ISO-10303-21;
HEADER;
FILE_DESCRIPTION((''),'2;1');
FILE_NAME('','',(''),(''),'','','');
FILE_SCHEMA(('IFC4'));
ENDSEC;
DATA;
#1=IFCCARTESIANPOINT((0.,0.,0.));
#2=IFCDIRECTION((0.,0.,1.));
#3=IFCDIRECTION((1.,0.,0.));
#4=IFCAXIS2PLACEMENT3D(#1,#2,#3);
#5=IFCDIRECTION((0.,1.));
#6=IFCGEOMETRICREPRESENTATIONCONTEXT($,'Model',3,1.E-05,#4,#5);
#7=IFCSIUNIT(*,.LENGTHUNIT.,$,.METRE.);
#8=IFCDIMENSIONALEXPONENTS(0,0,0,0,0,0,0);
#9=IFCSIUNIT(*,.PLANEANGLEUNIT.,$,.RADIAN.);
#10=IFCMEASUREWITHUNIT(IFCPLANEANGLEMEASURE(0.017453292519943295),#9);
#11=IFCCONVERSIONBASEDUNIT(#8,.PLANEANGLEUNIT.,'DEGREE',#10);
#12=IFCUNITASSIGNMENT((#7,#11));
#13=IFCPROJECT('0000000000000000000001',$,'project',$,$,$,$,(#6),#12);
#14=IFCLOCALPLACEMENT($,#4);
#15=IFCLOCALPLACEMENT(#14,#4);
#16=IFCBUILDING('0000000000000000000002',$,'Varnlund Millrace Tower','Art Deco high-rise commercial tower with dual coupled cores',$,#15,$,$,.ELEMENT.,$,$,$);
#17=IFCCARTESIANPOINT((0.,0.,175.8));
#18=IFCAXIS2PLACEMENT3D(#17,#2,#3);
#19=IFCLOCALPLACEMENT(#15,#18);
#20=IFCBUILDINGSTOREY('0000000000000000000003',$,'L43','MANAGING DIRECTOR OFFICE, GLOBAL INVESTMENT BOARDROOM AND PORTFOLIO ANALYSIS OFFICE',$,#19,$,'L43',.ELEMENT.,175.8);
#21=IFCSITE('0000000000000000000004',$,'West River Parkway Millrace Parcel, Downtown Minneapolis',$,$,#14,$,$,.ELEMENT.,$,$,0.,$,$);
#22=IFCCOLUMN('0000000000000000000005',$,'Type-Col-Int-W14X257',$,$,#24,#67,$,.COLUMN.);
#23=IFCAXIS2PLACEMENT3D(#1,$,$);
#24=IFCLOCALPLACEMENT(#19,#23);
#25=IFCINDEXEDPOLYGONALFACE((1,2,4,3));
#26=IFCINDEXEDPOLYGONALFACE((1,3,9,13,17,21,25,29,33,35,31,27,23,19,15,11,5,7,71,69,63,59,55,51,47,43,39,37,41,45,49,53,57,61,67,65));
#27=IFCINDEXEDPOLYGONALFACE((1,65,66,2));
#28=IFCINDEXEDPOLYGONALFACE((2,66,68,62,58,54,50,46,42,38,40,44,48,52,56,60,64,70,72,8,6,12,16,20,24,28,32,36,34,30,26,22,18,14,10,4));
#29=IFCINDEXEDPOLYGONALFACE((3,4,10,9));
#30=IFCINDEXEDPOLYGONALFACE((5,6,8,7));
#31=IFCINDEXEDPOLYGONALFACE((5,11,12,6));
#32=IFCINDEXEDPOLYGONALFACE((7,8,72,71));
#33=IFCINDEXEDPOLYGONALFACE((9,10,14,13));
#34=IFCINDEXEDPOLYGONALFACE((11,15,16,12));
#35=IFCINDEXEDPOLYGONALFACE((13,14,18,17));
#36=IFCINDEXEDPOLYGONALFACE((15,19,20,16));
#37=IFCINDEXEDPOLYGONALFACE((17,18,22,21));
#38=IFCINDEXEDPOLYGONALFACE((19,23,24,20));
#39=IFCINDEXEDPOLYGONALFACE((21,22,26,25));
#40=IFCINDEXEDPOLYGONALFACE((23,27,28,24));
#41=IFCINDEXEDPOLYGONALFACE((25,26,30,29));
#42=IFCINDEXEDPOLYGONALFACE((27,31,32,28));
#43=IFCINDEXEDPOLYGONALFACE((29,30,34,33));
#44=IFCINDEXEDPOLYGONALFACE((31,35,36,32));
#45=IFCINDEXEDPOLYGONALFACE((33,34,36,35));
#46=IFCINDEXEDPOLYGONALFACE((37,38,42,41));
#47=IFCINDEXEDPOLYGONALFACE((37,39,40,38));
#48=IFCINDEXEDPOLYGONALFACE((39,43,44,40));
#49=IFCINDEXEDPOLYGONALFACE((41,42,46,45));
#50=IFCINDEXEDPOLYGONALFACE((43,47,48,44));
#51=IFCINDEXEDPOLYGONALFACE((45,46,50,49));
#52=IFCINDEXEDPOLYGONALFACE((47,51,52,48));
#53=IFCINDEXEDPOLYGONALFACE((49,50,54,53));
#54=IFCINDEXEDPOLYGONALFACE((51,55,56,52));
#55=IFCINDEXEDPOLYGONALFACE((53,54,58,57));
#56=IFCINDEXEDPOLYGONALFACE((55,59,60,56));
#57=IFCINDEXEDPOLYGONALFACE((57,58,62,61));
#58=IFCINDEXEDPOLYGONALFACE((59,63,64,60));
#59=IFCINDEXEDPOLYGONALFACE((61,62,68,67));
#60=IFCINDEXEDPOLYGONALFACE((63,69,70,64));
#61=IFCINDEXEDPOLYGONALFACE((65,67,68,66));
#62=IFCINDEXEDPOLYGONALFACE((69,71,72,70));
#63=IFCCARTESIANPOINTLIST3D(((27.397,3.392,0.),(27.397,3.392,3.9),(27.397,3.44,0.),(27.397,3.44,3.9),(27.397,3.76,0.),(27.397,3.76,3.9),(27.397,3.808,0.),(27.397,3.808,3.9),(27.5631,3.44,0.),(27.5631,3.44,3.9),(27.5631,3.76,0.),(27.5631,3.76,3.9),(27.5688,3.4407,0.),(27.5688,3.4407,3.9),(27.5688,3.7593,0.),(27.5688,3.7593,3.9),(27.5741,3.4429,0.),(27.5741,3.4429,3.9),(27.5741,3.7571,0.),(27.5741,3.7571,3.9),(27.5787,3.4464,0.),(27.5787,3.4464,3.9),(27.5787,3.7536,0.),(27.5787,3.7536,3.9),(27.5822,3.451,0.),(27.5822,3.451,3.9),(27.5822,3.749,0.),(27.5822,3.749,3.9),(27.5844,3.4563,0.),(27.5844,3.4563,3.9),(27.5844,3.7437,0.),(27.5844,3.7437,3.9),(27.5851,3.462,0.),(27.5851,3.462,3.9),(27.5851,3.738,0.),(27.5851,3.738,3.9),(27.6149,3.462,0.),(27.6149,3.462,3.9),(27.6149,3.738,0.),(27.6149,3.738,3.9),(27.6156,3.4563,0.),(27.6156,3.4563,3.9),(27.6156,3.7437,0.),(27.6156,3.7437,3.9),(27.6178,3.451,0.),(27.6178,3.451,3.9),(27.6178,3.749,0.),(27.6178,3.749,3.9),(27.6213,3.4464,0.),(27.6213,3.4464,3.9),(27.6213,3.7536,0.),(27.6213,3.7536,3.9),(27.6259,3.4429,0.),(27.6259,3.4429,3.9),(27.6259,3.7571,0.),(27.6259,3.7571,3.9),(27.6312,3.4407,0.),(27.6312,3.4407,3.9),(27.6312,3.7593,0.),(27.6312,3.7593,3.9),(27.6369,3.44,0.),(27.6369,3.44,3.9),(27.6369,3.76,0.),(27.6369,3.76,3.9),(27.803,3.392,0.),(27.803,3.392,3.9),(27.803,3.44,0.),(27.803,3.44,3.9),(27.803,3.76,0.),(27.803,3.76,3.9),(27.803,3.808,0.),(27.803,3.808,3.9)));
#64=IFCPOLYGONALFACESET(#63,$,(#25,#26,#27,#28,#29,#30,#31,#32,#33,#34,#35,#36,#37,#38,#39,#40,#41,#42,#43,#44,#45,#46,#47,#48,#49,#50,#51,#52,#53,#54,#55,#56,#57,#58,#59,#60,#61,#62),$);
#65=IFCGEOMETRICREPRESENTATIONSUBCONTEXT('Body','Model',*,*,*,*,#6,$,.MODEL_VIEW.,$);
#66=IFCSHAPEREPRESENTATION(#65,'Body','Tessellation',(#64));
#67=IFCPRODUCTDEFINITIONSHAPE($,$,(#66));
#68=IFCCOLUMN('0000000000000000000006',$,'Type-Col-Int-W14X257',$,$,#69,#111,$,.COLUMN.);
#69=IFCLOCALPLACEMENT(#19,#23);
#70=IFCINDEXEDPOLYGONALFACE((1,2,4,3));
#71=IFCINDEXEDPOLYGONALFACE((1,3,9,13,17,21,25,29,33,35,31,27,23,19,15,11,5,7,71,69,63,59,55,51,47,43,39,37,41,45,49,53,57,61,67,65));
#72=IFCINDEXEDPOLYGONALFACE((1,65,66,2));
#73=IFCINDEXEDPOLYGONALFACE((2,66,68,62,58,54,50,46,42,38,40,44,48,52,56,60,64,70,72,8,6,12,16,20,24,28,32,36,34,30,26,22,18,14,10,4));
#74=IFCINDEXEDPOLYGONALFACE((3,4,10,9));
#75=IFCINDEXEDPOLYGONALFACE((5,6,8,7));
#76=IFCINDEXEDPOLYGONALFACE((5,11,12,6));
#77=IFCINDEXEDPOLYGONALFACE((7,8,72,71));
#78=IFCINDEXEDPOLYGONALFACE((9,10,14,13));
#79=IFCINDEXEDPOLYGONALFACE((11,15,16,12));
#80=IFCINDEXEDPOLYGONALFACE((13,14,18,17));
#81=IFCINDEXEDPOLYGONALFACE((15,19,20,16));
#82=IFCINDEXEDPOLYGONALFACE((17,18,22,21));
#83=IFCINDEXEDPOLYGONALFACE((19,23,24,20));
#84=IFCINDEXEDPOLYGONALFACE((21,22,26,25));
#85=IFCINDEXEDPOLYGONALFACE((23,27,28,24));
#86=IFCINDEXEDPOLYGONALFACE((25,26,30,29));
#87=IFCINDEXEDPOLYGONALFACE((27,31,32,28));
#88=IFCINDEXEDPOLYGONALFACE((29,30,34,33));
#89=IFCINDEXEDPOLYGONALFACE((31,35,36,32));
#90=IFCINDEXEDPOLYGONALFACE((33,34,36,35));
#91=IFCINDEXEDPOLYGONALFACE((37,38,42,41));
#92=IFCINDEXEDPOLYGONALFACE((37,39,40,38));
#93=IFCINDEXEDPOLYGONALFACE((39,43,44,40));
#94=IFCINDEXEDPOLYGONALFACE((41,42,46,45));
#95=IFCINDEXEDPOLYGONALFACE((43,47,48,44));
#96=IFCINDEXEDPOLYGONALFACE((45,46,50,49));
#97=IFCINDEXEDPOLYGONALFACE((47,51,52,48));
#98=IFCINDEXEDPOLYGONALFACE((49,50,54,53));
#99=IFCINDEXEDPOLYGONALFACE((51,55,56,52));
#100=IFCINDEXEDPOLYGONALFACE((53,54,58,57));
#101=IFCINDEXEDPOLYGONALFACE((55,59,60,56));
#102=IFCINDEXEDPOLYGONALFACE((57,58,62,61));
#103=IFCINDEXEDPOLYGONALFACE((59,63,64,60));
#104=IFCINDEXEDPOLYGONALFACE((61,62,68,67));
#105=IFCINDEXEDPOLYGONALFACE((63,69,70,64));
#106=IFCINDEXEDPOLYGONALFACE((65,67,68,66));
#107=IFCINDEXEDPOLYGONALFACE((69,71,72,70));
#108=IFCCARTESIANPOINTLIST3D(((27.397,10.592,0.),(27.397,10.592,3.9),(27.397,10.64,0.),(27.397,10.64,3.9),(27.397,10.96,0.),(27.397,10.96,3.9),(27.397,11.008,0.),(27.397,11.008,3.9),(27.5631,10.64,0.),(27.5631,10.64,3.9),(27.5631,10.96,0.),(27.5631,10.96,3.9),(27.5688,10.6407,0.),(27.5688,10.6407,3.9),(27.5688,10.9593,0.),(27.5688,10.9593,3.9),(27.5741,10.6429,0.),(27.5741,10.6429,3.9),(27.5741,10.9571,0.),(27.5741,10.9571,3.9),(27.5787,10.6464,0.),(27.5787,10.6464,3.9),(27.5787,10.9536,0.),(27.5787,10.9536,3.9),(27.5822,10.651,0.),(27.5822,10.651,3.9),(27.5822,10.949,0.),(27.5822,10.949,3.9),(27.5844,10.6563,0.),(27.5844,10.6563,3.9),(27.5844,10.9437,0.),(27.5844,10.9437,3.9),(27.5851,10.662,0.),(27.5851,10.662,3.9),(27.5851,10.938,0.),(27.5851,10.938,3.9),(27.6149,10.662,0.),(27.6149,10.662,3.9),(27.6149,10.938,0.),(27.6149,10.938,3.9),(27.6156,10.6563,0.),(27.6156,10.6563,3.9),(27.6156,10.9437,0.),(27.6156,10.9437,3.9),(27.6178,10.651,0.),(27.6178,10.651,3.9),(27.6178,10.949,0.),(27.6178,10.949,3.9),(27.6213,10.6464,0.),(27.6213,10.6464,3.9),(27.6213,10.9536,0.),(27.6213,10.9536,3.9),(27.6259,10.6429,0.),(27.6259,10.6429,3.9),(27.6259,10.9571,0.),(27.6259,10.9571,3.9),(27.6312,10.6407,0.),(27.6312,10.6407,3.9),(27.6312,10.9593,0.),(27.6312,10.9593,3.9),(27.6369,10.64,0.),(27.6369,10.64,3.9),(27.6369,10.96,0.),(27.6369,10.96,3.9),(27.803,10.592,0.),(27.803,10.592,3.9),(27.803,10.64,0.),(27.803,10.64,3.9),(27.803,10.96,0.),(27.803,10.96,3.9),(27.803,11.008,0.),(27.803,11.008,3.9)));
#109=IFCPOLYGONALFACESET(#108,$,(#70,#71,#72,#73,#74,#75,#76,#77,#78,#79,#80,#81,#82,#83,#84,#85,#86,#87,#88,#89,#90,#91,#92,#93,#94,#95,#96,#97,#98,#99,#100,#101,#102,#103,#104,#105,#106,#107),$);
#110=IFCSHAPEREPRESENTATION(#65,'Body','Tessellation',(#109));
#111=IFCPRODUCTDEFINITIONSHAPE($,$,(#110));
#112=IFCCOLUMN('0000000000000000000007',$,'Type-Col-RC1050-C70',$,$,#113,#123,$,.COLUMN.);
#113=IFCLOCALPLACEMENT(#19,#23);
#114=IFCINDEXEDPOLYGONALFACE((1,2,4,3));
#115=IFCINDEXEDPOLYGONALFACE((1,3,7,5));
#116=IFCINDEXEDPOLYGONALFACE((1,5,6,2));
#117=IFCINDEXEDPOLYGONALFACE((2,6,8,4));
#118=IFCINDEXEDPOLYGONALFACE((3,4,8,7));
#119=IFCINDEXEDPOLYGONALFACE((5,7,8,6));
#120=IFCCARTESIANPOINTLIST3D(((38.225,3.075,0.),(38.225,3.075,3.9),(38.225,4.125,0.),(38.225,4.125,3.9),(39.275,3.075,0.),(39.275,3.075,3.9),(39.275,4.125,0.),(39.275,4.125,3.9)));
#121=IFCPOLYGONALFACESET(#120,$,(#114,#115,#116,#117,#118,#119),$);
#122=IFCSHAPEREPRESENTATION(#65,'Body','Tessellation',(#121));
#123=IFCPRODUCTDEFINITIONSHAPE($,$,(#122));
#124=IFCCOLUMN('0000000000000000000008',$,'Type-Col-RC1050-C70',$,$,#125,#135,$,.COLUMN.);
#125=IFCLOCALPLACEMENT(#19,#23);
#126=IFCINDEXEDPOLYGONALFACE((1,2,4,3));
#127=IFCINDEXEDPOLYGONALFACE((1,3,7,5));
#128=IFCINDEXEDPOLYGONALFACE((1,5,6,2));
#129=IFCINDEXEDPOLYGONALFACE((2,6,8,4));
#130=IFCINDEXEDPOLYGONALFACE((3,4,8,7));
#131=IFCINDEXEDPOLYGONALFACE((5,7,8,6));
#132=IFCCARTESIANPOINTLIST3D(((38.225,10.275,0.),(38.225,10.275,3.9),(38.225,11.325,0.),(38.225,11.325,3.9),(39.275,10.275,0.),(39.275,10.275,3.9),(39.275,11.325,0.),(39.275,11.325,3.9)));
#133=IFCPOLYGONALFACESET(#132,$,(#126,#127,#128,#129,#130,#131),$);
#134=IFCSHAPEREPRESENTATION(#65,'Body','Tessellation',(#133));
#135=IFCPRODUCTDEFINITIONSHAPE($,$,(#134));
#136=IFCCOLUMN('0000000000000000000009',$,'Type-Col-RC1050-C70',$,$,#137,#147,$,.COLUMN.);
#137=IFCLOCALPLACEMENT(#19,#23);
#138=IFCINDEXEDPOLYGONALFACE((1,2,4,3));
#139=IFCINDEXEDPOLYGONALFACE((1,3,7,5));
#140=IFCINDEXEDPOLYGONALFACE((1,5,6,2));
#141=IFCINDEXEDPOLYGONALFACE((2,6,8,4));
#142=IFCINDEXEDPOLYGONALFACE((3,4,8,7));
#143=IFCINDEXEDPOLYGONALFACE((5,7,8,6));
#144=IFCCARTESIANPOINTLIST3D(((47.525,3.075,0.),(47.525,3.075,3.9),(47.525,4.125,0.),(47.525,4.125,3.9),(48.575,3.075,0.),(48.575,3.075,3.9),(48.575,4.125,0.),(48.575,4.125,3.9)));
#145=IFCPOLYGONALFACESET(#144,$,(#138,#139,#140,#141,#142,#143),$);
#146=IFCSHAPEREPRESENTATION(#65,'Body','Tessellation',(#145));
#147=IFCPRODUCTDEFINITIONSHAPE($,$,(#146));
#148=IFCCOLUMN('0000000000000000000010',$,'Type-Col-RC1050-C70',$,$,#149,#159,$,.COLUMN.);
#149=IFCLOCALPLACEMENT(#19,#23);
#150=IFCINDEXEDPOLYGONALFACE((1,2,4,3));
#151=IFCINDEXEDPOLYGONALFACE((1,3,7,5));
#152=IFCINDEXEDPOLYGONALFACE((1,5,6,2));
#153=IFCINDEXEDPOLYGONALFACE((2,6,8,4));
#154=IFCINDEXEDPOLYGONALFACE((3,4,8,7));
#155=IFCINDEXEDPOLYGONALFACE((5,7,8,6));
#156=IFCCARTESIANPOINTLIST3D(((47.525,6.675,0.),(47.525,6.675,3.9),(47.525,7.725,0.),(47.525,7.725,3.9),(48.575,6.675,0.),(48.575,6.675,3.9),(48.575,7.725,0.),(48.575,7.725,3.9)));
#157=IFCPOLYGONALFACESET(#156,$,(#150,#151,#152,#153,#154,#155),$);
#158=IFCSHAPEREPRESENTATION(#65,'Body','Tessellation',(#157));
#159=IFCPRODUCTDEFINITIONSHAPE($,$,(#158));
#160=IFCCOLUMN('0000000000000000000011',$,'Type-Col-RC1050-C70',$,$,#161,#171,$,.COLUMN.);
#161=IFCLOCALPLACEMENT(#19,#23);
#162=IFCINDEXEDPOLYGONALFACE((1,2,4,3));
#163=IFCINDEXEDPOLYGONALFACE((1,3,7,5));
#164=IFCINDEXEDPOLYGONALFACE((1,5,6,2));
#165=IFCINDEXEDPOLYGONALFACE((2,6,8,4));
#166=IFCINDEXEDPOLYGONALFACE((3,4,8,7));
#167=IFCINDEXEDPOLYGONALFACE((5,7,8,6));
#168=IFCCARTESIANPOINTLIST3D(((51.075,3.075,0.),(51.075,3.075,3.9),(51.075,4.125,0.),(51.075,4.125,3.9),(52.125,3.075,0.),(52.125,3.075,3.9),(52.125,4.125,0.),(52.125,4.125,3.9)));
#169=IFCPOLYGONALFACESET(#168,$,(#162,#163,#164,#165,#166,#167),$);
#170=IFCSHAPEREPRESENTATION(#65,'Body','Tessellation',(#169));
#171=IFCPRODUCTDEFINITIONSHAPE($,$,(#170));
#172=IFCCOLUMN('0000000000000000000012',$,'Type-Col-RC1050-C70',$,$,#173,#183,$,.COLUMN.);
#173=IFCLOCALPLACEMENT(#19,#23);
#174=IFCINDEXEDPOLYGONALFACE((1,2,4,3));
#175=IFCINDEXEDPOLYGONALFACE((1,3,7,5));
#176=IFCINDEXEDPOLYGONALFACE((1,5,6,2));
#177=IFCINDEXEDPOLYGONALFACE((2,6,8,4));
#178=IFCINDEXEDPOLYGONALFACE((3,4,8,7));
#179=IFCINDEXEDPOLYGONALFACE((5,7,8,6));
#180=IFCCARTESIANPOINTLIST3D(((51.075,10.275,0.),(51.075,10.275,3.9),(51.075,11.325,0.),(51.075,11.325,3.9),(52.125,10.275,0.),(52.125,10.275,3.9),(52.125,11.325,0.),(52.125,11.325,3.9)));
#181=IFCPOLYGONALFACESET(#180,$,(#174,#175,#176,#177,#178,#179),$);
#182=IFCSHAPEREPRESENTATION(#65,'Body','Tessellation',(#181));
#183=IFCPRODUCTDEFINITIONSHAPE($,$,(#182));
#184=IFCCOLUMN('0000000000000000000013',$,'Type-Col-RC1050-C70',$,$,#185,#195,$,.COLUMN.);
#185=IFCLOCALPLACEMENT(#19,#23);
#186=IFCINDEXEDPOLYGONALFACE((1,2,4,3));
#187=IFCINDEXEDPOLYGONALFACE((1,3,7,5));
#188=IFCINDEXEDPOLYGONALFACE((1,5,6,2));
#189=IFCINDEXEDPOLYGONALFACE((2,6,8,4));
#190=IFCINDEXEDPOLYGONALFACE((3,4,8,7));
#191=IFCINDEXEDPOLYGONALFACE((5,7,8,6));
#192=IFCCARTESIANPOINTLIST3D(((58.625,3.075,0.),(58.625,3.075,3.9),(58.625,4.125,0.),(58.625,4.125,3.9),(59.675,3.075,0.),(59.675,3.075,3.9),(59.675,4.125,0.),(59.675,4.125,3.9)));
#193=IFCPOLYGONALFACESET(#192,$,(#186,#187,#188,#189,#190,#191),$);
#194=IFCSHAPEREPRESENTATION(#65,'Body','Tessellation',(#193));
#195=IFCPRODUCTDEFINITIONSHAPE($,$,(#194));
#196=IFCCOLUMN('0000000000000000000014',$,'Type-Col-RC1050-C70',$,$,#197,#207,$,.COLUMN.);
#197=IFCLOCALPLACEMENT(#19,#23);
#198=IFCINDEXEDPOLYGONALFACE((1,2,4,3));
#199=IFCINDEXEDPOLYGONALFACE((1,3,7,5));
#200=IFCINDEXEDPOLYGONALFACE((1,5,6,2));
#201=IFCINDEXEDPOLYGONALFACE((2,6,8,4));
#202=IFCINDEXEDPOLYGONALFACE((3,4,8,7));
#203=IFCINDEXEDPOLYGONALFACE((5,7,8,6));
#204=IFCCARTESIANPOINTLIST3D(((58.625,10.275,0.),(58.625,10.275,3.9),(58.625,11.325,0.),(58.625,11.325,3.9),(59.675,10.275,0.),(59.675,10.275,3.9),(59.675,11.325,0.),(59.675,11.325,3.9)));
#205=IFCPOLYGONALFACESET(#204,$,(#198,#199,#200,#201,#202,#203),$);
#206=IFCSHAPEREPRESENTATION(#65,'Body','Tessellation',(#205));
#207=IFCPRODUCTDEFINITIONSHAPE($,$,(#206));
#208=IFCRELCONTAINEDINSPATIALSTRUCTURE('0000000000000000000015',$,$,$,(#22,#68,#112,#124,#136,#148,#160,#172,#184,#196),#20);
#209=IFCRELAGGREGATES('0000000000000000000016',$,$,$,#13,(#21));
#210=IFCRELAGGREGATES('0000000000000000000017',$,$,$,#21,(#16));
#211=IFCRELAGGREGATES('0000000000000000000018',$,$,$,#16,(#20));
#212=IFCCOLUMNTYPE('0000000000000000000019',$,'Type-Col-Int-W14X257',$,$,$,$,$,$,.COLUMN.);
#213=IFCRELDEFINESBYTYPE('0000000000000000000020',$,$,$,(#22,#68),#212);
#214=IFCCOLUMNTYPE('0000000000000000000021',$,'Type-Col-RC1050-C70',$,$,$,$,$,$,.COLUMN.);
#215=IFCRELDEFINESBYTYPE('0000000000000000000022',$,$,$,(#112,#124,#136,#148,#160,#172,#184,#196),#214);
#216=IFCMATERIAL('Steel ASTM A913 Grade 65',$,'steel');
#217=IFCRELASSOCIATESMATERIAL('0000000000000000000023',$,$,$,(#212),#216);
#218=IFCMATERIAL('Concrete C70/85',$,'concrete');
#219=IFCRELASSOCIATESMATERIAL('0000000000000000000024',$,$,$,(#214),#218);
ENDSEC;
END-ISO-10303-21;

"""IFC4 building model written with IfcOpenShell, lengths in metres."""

from ifc_helpers import new_model, entity, si_unit, converted_unit, direction, frame, origin_with_axes, origin_2d_with_axis, place, context, subcontext, project, spatial, rectangle, i_section, extrude, material, material_profile, profile_set, type_object, element, save


model = new_model("IFC4")

# Units and contexts
model_context = context("Model", 3, precision=1e-05, world=origin_with_axes(), true_north=direction((0.0, 1.0)))
body_context = subcontext(model_context, "Body", "Model", "MODEL_VIEW")
ifc_project = project(units=[si_unit("LENGTHUNIT", "METRE"), converted_unit("PLANEANGLEUNIT", "DEGREE", entity("IfcPlaneAngleMeasure", 0.017453292519943295), si_unit("PLANEANGLEUNIT", "RADIAN"), dimensions=[0, 0, 0, 0, 0, 0, 0])], contexts=[model_context])

# Site, building, storey
site_placement = place(None, origin_with_axes())
site = spatial("IfcSite", under=ifc_project, at=site_placement, Name="West River Parkway Millrace Parcel, Downtown Minneapolis", CompositionType="ELEMENT", RefElevation=0.0)
building_placement = place(site_placement, origin_with_axes())
building = spatial("IfcBuilding", under=site, at=building_placement, Name="Varnlund Millrace Tower", Description="Art Deco high-rise commercial tower with dual coupled cores", CompositionType="ELEMENT")
storey_placement = place(building_placement, frame((0.0, 0.0, 175.8), z_axis=(0.0, 0.0, 1.0), x_axis=(1.0, 0.0, 0.0)))
storey = spatial("IfcBuildingStorey", under=building, at=storey_placement, Name="L43", Description="MANAGING DIRECTOR OFFICE, GLOBAL INVESTMENT BOARDROOM AND PORTFOLIO ANALYSIS OFFICE", LongName="L43", CompositionType="ELEMENT", Elevation=175.8)

# Columns
ifc_material_1 = material(Name="Steel ASTM A913 Grade 65", Category="steel")
ifc_material_profile_1 = material_profile(ifc_material_1, i_section(OverallWidth=0.406, OverallDepth=0.416, WebThickness=0.0298, FlangeThickness=0.048, FilletRadius=0.022, at=origin_2d_with_axis()), Name="Steel ASTM A913 Grade 65")
ifc_profile_set_1 = profile_set([ifc_material_profile_1], Name="Steel ASTM A913 Grade 65")
column_type_1 = type_object("IfcColumnType", Name="Type-Col-Int-W14X257", PredefinedType="COLUMN", material=ifc_profile_set_1)
for number, where, z_axis, x_axis, name in (
    (1, (27.6, 3.6, 0.0), (0.0, 0.0, 1.0), (1.0, 0.0, 0.0), "Type-Col-Int-W14X257"),
    (2, (27.6, 10.8, 0.0), (0.0, 0.0, 1.0), (1.0, 0.0, 0.0), "Type-Col-Int-W14X257"),
):
    element("IfcColumn", number, at=place(storey_placement, frame(where, z_axis=z_axis, x_axis=x_axis)), inside=storey, type_object=column_type_1, Name=name, PredefinedType="COLUMN", context=body_context, shape_type="SweptSolid", body=[
        extrude(i_section(OverallWidth=0.406, OverallDepth=0.416, WebThickness=0.0298, FlangeThickness=0.048, FilletRadius=0.022, at=origin_2d_with_axis()), origin_with_axes(), (0.0, 0.0, 1.0), 3.9),
    ])
ifc_material_2 = material(Name="Concrete C70/85", Category="concrete")
ifc_material_profile_2 = material_profile(ifc_material_2, rectangle(XDim=1.05, YDim=1.05, at=origin_2d_with_axis()), Name="Concrete C70/85")
ifc_profile_set_2 = profile_set([ifc_material_profile_2], Name="Concrete C70/85")
column_type_2 = type_object("IfcColumnType", Name="Type-Col-RC1050-C70", PredefinedType="COLUMN", material=ifc_profile_set_2)
for number, where, z_axis, x_axis, name in (
    (3, (38.75, 3.6, 0.0), (0.0, 0.0, 1.0), (1.0, 0.0, 0.0), "Type-Col-RC1050-C70"),
    (4, (38.75, 10.8, 0.0), (0.0, 0.0, 1.0), (1.0, 0.0, 0.0), "Type-Col-RC1050-C70"),
    (5, (48.05, 3.6, 0.0), (0.0, 0.0, 1.0), (1.0, 0.0, 0.0), "Type-Col-RC1050-C70"),
    (6, (48.05, 7.2, 0.0), (0.0, 0.0, 1.0), (1.0, 0.0, 0.0), "Type-Col-RC1050-C70"),
    (7, (51.6, 3.6, 0.0), (0.0, 0.0, 1.0), (1.0, 0.0, 0.0), "Type-Col-RC1050-C70"),
    (8, (51.6, 10.8, 0.0), (0.0, 0.0, 1.0), (1.0, 0.0, 0.0), "Type-Col-RC1050-C70"),
    (9, (59.15, 3.6, 0.0), (0.0, 0.0, 1.0), (1.0, 0.0, 0.0), "Type-Col-RC1050-C70"),
    (10, (59.15, 10.8, 0.0), (0.0, 0.0, 1.0), (1.0, 0.0, 0.0), "Type-Col-RC1050-C70"),
):
    element("IfcColumn", number, at=place(storey_placement, frame(where, z_axis=z_axis, x_axis=x_axis)), inside=storey, type_object=column_type_2, Name=name, PredefinedType="COLUMN", context=body_context, shape_type="SweptSolid", body=[
        extrude(rectangle(XDim=1.05, YDim=1.05, at=origin_2d_with_axis()), origin_with_axes(), (0.0, 0.0, 1.0), 3.9),
    ])

save(model, "model.ifc")
